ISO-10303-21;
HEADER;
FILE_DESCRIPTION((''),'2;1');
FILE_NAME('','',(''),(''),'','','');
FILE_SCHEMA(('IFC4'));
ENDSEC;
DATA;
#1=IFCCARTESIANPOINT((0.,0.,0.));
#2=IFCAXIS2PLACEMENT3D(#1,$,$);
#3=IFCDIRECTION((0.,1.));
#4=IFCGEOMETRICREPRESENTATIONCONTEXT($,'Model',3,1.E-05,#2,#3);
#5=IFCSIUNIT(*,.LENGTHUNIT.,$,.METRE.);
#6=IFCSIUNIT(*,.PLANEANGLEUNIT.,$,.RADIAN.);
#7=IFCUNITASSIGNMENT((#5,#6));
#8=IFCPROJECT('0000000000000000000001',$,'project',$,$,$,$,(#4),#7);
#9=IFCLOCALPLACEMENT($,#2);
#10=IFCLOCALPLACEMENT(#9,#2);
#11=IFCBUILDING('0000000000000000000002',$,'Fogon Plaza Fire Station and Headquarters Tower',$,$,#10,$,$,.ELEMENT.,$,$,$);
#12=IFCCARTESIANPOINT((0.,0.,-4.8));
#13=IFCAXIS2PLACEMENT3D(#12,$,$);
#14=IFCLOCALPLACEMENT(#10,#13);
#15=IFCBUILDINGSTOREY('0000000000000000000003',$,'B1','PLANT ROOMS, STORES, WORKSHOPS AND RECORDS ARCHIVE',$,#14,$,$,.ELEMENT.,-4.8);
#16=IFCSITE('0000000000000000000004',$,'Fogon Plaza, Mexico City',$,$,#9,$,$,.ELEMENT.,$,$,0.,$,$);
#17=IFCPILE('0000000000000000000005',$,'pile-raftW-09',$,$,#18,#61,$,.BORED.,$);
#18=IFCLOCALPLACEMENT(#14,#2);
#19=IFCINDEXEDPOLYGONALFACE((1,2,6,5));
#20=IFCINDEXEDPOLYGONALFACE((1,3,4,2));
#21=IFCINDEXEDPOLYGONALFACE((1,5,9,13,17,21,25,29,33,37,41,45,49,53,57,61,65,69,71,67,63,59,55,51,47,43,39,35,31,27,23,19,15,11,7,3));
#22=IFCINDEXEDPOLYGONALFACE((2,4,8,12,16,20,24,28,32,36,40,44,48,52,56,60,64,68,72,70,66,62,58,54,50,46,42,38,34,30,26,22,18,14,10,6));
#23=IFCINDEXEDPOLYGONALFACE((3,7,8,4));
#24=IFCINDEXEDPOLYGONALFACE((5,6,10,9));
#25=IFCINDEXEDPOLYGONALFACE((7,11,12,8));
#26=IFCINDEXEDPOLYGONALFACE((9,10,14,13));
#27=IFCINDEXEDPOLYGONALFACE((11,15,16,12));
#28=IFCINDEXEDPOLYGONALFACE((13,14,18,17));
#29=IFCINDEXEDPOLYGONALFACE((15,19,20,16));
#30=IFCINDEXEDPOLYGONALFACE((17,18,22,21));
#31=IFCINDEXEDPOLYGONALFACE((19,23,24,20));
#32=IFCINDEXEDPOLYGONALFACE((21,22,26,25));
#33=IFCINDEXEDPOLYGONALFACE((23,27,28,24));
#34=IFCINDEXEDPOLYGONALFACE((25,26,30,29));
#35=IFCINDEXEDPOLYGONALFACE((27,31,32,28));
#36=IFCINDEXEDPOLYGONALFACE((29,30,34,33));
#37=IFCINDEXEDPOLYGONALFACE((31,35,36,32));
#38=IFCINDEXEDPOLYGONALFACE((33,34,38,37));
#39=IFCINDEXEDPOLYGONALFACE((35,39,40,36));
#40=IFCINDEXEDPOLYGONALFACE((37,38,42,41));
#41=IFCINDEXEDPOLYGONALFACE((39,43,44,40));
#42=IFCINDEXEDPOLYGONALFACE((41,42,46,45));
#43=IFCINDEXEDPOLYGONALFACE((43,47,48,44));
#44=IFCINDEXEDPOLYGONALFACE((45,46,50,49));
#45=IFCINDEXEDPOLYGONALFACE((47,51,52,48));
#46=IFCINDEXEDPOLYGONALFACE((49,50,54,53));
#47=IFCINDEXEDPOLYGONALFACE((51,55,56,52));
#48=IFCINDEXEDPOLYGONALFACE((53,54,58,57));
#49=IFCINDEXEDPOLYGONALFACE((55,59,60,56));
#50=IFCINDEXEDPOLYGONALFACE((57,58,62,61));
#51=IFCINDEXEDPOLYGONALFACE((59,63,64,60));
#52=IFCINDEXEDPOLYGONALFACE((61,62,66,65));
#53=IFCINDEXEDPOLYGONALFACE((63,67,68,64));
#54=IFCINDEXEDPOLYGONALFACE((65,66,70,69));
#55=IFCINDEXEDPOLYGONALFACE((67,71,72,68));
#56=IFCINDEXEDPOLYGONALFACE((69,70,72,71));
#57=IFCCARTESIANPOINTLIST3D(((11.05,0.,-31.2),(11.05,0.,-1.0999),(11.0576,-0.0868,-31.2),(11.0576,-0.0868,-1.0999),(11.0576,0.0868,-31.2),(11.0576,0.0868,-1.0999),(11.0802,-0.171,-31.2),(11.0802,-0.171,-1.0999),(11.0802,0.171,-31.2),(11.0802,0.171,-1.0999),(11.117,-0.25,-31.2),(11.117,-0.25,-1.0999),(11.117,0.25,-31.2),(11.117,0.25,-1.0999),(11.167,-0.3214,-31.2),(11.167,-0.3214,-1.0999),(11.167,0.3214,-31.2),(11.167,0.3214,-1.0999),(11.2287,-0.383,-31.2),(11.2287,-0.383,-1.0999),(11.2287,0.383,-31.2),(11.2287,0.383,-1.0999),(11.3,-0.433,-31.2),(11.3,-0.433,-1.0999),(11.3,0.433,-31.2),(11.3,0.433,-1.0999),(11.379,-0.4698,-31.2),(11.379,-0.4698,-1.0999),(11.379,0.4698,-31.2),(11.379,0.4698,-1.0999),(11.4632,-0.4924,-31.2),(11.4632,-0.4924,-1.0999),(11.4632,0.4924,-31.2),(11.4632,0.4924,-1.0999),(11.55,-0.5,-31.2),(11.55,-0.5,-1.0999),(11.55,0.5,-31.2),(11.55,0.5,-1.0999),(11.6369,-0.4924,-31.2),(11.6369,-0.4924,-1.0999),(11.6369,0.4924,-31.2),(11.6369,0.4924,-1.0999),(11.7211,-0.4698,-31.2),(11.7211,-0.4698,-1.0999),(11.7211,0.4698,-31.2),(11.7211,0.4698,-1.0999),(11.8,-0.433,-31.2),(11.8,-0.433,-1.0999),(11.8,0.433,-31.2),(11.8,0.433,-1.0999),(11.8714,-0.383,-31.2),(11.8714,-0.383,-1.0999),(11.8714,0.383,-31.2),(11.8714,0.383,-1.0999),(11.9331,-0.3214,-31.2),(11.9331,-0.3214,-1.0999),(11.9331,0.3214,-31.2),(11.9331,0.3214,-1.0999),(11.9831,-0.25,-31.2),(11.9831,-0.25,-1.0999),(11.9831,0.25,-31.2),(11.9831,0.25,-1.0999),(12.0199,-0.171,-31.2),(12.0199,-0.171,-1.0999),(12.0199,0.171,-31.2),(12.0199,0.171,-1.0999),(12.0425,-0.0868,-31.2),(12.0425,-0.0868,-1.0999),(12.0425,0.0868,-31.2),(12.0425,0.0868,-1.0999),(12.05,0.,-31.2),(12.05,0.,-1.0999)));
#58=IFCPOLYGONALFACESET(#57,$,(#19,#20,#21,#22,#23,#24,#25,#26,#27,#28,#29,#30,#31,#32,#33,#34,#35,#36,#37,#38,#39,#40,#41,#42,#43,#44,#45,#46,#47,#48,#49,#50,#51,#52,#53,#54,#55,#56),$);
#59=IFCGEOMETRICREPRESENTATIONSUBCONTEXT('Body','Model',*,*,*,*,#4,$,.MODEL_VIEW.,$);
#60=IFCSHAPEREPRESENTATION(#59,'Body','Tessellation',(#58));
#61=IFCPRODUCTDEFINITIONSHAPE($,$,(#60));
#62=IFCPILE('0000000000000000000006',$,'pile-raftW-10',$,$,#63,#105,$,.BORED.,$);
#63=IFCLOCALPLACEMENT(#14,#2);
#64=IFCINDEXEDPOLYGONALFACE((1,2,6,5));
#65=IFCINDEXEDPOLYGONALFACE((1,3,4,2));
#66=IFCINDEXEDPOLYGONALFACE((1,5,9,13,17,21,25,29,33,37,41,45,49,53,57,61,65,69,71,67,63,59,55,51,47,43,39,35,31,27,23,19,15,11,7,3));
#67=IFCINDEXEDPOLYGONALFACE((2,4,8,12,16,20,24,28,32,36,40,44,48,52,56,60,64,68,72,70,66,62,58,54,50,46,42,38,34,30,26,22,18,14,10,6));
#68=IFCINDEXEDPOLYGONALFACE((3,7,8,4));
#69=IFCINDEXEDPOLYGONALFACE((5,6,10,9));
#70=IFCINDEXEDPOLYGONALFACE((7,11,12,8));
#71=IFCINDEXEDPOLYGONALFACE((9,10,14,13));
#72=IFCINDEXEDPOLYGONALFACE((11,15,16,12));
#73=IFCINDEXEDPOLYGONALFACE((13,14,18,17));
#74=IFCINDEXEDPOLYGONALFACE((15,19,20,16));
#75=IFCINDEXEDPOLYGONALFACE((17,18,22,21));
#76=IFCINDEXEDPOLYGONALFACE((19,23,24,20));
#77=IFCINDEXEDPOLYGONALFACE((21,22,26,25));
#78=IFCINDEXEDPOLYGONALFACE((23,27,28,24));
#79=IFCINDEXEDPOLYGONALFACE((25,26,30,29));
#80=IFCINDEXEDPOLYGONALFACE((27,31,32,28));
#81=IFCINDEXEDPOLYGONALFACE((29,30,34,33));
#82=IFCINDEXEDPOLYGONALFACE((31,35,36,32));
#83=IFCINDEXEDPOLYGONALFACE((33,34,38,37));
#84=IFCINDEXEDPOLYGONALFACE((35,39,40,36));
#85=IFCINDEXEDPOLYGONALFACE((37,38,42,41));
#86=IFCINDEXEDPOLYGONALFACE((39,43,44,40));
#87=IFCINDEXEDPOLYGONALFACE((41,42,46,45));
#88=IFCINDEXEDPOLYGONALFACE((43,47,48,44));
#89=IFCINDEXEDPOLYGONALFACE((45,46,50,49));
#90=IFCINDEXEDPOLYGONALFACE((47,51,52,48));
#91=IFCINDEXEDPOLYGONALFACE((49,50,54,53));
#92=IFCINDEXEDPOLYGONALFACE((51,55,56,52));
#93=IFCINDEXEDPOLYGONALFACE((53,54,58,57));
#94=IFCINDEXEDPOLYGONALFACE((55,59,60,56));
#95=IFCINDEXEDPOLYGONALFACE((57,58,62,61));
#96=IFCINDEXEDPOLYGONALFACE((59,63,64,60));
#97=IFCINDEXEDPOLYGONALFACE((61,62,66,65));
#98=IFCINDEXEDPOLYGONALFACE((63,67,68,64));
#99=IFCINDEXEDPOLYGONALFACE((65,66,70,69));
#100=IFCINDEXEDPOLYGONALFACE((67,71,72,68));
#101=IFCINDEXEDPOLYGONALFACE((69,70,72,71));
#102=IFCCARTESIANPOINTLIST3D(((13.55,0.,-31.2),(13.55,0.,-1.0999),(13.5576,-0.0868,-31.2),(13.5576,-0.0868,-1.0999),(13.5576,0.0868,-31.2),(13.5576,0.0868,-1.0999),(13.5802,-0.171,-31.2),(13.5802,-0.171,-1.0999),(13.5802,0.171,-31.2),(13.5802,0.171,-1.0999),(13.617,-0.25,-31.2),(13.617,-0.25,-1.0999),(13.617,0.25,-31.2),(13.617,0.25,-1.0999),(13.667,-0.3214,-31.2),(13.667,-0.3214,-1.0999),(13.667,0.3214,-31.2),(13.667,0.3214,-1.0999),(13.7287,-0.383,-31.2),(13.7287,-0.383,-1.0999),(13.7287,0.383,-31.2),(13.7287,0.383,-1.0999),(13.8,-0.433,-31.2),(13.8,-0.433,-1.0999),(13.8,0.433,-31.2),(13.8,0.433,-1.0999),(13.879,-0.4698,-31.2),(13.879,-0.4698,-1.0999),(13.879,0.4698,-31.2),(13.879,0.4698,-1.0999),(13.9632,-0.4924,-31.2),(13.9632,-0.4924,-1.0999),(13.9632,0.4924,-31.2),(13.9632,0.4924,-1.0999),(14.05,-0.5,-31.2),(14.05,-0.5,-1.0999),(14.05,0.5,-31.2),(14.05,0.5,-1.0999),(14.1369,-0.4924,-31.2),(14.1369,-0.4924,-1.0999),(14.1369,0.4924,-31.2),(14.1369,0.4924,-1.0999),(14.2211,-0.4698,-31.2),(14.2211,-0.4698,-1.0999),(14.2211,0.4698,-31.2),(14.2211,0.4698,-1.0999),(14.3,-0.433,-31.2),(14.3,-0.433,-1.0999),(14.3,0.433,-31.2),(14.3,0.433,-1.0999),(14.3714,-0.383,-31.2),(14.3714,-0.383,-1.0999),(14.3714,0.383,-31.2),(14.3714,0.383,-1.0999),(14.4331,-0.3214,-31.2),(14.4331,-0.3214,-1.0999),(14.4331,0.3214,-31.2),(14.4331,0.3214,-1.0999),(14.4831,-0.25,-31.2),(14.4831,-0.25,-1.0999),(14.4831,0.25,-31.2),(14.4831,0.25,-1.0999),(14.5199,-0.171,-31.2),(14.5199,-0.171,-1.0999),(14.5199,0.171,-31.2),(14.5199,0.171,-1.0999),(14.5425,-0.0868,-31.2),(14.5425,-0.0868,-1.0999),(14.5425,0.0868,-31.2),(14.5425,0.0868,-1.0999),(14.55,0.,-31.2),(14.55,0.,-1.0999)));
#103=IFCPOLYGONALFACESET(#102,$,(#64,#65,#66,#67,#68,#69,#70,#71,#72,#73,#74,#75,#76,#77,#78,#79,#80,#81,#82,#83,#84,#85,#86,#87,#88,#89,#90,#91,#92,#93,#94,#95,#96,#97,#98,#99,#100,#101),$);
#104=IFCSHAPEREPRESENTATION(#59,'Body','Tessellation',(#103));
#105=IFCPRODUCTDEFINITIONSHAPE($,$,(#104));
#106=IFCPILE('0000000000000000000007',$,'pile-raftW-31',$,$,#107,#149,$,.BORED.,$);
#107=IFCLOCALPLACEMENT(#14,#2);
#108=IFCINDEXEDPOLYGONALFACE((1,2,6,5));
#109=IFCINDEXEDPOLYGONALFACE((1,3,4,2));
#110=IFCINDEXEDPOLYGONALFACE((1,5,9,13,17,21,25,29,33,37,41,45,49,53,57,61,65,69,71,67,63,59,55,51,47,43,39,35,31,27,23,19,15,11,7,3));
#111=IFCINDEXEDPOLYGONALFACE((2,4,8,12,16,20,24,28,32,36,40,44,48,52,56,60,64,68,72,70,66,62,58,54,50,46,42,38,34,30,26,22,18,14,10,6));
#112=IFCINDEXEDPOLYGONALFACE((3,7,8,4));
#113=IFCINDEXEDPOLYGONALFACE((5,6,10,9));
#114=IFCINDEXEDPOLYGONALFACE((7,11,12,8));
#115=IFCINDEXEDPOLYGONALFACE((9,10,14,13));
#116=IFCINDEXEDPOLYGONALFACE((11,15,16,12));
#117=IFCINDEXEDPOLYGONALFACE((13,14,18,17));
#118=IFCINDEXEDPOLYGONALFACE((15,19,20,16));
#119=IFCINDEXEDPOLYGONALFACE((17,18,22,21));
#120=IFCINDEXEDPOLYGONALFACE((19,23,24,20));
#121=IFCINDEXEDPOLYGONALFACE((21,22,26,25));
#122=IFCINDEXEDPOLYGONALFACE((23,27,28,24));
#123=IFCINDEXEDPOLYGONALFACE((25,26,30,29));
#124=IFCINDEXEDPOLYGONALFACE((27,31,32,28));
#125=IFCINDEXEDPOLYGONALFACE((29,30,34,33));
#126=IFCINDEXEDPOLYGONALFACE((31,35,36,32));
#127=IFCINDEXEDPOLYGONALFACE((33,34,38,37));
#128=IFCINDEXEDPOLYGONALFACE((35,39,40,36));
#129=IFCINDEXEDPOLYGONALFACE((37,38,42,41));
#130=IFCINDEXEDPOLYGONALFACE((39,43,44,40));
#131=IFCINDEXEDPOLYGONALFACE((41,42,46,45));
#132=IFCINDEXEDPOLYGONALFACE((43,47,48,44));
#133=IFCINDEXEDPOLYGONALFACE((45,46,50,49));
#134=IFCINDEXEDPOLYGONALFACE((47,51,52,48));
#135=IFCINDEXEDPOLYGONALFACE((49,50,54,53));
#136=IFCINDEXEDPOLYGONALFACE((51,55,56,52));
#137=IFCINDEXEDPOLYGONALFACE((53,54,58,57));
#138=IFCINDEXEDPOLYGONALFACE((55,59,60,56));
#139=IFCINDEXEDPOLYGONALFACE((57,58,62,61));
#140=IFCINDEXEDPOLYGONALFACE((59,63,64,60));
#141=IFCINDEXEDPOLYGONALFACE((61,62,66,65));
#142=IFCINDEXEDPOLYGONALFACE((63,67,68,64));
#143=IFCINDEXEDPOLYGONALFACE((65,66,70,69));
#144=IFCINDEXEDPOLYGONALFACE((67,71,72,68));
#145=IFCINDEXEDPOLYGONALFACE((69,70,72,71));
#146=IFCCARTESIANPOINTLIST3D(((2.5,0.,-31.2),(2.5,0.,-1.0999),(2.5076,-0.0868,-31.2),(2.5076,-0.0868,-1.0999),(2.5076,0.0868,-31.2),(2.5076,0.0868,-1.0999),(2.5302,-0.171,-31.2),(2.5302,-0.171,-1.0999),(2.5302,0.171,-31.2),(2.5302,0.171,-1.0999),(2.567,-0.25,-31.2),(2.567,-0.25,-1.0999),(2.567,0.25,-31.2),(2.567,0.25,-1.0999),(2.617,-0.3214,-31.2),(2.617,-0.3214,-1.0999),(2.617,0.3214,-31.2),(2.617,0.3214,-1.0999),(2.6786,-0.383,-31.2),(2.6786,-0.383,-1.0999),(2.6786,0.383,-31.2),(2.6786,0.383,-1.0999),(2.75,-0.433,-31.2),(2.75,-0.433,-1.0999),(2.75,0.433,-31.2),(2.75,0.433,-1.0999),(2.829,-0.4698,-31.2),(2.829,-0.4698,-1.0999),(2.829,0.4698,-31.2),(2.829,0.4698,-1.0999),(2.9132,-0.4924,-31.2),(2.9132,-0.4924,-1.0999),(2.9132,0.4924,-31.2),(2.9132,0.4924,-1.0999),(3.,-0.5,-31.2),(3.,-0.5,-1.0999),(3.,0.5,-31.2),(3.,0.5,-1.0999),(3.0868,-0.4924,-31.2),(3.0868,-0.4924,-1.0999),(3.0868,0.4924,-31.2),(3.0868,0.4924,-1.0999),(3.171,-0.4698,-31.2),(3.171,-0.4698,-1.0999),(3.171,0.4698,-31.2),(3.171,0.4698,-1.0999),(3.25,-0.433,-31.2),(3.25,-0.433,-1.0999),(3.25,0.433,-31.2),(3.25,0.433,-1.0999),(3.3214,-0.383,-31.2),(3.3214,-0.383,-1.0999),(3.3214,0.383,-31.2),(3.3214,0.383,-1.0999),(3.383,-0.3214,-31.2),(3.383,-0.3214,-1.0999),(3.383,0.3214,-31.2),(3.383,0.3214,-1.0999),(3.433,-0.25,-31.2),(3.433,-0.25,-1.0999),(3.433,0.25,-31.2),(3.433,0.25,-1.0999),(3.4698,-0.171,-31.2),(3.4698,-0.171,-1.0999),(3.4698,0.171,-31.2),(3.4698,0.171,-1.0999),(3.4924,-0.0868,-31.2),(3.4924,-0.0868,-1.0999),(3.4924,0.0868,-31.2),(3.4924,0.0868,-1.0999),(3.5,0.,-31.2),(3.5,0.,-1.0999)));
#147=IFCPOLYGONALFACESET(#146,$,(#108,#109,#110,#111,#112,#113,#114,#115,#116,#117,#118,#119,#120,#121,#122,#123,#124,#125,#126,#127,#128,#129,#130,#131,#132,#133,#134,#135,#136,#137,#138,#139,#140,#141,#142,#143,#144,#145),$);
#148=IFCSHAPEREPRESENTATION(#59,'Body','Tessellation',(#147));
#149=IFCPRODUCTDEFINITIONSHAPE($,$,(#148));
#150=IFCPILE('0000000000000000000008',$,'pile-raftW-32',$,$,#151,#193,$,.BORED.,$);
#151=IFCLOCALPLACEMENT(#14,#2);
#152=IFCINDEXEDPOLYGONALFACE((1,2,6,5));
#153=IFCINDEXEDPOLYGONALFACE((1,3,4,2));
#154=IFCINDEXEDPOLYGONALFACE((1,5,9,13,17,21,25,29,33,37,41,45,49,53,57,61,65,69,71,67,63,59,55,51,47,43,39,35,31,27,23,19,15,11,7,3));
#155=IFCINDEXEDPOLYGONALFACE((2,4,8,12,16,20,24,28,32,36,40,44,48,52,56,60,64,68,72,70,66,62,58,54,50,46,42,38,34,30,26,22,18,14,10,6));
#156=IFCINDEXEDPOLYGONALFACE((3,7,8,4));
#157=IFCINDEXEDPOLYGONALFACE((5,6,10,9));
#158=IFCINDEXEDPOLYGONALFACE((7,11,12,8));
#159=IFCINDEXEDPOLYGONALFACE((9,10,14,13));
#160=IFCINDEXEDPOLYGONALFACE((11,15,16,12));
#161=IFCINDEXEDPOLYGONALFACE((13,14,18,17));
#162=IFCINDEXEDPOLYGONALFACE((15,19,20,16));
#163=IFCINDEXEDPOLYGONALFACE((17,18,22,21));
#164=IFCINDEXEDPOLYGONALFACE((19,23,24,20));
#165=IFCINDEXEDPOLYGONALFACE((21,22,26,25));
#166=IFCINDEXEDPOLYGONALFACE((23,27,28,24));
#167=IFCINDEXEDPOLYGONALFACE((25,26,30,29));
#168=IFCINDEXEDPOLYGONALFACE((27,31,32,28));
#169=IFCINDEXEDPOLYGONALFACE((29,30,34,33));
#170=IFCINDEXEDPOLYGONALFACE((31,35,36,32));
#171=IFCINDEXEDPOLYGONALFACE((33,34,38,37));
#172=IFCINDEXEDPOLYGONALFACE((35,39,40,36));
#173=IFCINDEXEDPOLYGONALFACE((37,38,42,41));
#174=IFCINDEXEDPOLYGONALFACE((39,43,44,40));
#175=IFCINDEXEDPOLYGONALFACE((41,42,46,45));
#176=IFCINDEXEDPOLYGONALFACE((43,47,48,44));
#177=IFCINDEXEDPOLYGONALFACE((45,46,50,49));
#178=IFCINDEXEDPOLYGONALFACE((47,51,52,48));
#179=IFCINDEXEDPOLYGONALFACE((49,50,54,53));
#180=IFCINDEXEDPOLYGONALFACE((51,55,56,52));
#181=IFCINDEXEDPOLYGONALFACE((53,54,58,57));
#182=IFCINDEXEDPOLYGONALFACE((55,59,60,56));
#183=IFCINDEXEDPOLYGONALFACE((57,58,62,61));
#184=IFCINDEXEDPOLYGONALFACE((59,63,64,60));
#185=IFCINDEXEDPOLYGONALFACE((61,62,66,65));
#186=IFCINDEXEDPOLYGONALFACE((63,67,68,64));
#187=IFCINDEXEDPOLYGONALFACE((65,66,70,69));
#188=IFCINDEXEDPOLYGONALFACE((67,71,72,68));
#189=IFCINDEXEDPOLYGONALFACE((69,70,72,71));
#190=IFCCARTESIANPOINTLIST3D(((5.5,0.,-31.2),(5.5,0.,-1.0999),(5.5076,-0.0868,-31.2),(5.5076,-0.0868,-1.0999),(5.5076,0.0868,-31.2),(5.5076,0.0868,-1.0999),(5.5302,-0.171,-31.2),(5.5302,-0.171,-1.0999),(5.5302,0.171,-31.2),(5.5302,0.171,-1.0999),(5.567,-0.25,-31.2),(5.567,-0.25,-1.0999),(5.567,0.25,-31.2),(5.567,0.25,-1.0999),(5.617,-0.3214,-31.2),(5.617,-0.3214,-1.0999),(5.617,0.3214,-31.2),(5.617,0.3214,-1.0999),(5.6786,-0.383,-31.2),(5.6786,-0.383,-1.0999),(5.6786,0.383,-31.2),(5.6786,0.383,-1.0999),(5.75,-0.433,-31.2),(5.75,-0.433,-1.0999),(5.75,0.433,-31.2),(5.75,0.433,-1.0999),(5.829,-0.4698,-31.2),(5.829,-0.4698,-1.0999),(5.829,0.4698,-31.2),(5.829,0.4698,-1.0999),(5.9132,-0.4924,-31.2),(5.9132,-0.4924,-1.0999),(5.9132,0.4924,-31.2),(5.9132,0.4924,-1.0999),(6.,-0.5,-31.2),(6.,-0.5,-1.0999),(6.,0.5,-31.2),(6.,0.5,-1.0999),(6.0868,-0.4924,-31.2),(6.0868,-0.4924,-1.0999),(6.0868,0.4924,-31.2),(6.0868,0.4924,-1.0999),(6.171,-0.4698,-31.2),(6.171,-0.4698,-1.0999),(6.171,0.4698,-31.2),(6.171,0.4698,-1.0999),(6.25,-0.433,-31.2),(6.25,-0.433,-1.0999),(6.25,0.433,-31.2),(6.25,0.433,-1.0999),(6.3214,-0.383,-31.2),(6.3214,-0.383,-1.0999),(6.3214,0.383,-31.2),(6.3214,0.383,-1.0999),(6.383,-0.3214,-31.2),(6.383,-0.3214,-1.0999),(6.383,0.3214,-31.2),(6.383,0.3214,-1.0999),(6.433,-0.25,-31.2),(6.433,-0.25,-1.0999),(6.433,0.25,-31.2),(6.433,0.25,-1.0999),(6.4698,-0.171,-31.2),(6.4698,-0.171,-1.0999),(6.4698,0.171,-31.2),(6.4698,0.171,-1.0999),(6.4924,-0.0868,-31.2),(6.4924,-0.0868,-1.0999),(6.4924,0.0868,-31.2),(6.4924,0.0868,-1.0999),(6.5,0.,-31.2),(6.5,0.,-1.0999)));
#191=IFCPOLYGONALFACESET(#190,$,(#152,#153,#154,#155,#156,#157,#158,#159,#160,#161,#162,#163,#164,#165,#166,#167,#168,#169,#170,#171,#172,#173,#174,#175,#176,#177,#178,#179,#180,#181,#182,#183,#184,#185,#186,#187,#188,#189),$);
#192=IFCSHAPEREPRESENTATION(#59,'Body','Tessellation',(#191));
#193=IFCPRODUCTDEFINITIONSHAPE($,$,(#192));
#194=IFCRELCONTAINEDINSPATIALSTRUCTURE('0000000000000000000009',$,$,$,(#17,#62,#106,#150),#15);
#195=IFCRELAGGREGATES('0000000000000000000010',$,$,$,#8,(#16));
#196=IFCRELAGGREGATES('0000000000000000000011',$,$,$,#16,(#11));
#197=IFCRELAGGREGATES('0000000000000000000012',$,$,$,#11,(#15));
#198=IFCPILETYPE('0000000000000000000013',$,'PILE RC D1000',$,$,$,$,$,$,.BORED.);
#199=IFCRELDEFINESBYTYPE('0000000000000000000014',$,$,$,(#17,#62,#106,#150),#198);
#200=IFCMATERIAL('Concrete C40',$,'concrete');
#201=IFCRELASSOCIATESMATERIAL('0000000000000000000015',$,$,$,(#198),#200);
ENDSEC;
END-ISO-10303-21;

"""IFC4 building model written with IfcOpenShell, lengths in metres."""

from ifc_helpers import new_model, si_unit, direction, frame, origin, origin_2d, place, context, subcontext, project, spatial, circle, extrude, material, material_profile, profile_set, type_object, element, save


model = new_model("IFC4")

# Units and contexts
model_context = context("Model", 3, precision=1e-05, world=origin(), true_north=direction((0.0, 1.0)))
body_context = subcontext(model_context, "Body", "Model", "MODEL_VIEW")
ifc_project = project(units=[si_unit("LENGTHUNIT", "METRE"), si_unit("PLANEANGLEUNIT", "RADIAN")], contexts=[model_context])

# Site, building, storey
site_placement = place(None, origin())
site = spatial("IfcSite", under=ifc_project, at=site_placement, Name="Fogon Plaza, Mexico City", CompositionType="ELEMENT", RefElevation=0.0)
building_placement = place(site_placement, origin())
building = spatial("IfcBuilding", under=site, at=building_placement, Name="Fogon Plaza Fire Station and Headquarters Tower", CompositionType="ELEMENT")
storey_placement = place(building_placement, frame((0.0, 0.0, -4.8)))
storey = spatial("IfcBuildingStorey", under=building, at=storey_placement, Name="B1", Description="PLANT ROOMS, STORES, WORKSHOPS AND RECORDS ARCHIVE", CompositionType="ELEMENT", Elevation=-4.8)

# Piles
ifc_material_1 = material(Name="Concrete C40", Category="concrete")
ifc_material_profile_1 = material_profile(ifc_material_1, circle(Radius=0.5, at=origin_2d()), Name="RC D1000")
ifc_profile_set_1 = profile_set([ifc_material_profile_1], Name="Concrete C40")
pile_type = type_object("IfcPileType", Name="PILE RC D1000", PredefinedType="BORED", material=ifc_profile_set_1)
for number, where, z_axis, x_axis, name in (
    (1, (11.55, 0.0, -1.0999), (0.0, 0.0, -1.0), (1.0, 0.0, 0.0), "pile-raftW-09"),
    (2, (14.05, 0.0, -1.0999), (0.0, 0.0, -1.0), (1.0, 0.0, 0.0), "pile-raftW-10"),
    (3, (3.0, 0.0, -1.0999), (0.0, 0.0, -1.0), (1.0, 0.0, 0.0), "pile-raftW-31"),
    (4, (6.0, 0.0, -1.0999), (0.0, 0.0, -1.0), (1.0, 0.0, 0.0), "pile-raftW-32"),
):
    element("IfcPile", number, at=place(storey_placement, frame(where, z_axis=z_axis, x_axis=x_axis)), inside=storey, type_object=pile_type, Name=name, PredefinedType="BORED", context=body_context, shape_type="SweptSolid", body=[
        extrude(circle(Radius=0.5, at=origin_2d()), origin(), (0.0, 0.0, 1.0), 30.1001),
    ])

save(model, "model.ifc")
